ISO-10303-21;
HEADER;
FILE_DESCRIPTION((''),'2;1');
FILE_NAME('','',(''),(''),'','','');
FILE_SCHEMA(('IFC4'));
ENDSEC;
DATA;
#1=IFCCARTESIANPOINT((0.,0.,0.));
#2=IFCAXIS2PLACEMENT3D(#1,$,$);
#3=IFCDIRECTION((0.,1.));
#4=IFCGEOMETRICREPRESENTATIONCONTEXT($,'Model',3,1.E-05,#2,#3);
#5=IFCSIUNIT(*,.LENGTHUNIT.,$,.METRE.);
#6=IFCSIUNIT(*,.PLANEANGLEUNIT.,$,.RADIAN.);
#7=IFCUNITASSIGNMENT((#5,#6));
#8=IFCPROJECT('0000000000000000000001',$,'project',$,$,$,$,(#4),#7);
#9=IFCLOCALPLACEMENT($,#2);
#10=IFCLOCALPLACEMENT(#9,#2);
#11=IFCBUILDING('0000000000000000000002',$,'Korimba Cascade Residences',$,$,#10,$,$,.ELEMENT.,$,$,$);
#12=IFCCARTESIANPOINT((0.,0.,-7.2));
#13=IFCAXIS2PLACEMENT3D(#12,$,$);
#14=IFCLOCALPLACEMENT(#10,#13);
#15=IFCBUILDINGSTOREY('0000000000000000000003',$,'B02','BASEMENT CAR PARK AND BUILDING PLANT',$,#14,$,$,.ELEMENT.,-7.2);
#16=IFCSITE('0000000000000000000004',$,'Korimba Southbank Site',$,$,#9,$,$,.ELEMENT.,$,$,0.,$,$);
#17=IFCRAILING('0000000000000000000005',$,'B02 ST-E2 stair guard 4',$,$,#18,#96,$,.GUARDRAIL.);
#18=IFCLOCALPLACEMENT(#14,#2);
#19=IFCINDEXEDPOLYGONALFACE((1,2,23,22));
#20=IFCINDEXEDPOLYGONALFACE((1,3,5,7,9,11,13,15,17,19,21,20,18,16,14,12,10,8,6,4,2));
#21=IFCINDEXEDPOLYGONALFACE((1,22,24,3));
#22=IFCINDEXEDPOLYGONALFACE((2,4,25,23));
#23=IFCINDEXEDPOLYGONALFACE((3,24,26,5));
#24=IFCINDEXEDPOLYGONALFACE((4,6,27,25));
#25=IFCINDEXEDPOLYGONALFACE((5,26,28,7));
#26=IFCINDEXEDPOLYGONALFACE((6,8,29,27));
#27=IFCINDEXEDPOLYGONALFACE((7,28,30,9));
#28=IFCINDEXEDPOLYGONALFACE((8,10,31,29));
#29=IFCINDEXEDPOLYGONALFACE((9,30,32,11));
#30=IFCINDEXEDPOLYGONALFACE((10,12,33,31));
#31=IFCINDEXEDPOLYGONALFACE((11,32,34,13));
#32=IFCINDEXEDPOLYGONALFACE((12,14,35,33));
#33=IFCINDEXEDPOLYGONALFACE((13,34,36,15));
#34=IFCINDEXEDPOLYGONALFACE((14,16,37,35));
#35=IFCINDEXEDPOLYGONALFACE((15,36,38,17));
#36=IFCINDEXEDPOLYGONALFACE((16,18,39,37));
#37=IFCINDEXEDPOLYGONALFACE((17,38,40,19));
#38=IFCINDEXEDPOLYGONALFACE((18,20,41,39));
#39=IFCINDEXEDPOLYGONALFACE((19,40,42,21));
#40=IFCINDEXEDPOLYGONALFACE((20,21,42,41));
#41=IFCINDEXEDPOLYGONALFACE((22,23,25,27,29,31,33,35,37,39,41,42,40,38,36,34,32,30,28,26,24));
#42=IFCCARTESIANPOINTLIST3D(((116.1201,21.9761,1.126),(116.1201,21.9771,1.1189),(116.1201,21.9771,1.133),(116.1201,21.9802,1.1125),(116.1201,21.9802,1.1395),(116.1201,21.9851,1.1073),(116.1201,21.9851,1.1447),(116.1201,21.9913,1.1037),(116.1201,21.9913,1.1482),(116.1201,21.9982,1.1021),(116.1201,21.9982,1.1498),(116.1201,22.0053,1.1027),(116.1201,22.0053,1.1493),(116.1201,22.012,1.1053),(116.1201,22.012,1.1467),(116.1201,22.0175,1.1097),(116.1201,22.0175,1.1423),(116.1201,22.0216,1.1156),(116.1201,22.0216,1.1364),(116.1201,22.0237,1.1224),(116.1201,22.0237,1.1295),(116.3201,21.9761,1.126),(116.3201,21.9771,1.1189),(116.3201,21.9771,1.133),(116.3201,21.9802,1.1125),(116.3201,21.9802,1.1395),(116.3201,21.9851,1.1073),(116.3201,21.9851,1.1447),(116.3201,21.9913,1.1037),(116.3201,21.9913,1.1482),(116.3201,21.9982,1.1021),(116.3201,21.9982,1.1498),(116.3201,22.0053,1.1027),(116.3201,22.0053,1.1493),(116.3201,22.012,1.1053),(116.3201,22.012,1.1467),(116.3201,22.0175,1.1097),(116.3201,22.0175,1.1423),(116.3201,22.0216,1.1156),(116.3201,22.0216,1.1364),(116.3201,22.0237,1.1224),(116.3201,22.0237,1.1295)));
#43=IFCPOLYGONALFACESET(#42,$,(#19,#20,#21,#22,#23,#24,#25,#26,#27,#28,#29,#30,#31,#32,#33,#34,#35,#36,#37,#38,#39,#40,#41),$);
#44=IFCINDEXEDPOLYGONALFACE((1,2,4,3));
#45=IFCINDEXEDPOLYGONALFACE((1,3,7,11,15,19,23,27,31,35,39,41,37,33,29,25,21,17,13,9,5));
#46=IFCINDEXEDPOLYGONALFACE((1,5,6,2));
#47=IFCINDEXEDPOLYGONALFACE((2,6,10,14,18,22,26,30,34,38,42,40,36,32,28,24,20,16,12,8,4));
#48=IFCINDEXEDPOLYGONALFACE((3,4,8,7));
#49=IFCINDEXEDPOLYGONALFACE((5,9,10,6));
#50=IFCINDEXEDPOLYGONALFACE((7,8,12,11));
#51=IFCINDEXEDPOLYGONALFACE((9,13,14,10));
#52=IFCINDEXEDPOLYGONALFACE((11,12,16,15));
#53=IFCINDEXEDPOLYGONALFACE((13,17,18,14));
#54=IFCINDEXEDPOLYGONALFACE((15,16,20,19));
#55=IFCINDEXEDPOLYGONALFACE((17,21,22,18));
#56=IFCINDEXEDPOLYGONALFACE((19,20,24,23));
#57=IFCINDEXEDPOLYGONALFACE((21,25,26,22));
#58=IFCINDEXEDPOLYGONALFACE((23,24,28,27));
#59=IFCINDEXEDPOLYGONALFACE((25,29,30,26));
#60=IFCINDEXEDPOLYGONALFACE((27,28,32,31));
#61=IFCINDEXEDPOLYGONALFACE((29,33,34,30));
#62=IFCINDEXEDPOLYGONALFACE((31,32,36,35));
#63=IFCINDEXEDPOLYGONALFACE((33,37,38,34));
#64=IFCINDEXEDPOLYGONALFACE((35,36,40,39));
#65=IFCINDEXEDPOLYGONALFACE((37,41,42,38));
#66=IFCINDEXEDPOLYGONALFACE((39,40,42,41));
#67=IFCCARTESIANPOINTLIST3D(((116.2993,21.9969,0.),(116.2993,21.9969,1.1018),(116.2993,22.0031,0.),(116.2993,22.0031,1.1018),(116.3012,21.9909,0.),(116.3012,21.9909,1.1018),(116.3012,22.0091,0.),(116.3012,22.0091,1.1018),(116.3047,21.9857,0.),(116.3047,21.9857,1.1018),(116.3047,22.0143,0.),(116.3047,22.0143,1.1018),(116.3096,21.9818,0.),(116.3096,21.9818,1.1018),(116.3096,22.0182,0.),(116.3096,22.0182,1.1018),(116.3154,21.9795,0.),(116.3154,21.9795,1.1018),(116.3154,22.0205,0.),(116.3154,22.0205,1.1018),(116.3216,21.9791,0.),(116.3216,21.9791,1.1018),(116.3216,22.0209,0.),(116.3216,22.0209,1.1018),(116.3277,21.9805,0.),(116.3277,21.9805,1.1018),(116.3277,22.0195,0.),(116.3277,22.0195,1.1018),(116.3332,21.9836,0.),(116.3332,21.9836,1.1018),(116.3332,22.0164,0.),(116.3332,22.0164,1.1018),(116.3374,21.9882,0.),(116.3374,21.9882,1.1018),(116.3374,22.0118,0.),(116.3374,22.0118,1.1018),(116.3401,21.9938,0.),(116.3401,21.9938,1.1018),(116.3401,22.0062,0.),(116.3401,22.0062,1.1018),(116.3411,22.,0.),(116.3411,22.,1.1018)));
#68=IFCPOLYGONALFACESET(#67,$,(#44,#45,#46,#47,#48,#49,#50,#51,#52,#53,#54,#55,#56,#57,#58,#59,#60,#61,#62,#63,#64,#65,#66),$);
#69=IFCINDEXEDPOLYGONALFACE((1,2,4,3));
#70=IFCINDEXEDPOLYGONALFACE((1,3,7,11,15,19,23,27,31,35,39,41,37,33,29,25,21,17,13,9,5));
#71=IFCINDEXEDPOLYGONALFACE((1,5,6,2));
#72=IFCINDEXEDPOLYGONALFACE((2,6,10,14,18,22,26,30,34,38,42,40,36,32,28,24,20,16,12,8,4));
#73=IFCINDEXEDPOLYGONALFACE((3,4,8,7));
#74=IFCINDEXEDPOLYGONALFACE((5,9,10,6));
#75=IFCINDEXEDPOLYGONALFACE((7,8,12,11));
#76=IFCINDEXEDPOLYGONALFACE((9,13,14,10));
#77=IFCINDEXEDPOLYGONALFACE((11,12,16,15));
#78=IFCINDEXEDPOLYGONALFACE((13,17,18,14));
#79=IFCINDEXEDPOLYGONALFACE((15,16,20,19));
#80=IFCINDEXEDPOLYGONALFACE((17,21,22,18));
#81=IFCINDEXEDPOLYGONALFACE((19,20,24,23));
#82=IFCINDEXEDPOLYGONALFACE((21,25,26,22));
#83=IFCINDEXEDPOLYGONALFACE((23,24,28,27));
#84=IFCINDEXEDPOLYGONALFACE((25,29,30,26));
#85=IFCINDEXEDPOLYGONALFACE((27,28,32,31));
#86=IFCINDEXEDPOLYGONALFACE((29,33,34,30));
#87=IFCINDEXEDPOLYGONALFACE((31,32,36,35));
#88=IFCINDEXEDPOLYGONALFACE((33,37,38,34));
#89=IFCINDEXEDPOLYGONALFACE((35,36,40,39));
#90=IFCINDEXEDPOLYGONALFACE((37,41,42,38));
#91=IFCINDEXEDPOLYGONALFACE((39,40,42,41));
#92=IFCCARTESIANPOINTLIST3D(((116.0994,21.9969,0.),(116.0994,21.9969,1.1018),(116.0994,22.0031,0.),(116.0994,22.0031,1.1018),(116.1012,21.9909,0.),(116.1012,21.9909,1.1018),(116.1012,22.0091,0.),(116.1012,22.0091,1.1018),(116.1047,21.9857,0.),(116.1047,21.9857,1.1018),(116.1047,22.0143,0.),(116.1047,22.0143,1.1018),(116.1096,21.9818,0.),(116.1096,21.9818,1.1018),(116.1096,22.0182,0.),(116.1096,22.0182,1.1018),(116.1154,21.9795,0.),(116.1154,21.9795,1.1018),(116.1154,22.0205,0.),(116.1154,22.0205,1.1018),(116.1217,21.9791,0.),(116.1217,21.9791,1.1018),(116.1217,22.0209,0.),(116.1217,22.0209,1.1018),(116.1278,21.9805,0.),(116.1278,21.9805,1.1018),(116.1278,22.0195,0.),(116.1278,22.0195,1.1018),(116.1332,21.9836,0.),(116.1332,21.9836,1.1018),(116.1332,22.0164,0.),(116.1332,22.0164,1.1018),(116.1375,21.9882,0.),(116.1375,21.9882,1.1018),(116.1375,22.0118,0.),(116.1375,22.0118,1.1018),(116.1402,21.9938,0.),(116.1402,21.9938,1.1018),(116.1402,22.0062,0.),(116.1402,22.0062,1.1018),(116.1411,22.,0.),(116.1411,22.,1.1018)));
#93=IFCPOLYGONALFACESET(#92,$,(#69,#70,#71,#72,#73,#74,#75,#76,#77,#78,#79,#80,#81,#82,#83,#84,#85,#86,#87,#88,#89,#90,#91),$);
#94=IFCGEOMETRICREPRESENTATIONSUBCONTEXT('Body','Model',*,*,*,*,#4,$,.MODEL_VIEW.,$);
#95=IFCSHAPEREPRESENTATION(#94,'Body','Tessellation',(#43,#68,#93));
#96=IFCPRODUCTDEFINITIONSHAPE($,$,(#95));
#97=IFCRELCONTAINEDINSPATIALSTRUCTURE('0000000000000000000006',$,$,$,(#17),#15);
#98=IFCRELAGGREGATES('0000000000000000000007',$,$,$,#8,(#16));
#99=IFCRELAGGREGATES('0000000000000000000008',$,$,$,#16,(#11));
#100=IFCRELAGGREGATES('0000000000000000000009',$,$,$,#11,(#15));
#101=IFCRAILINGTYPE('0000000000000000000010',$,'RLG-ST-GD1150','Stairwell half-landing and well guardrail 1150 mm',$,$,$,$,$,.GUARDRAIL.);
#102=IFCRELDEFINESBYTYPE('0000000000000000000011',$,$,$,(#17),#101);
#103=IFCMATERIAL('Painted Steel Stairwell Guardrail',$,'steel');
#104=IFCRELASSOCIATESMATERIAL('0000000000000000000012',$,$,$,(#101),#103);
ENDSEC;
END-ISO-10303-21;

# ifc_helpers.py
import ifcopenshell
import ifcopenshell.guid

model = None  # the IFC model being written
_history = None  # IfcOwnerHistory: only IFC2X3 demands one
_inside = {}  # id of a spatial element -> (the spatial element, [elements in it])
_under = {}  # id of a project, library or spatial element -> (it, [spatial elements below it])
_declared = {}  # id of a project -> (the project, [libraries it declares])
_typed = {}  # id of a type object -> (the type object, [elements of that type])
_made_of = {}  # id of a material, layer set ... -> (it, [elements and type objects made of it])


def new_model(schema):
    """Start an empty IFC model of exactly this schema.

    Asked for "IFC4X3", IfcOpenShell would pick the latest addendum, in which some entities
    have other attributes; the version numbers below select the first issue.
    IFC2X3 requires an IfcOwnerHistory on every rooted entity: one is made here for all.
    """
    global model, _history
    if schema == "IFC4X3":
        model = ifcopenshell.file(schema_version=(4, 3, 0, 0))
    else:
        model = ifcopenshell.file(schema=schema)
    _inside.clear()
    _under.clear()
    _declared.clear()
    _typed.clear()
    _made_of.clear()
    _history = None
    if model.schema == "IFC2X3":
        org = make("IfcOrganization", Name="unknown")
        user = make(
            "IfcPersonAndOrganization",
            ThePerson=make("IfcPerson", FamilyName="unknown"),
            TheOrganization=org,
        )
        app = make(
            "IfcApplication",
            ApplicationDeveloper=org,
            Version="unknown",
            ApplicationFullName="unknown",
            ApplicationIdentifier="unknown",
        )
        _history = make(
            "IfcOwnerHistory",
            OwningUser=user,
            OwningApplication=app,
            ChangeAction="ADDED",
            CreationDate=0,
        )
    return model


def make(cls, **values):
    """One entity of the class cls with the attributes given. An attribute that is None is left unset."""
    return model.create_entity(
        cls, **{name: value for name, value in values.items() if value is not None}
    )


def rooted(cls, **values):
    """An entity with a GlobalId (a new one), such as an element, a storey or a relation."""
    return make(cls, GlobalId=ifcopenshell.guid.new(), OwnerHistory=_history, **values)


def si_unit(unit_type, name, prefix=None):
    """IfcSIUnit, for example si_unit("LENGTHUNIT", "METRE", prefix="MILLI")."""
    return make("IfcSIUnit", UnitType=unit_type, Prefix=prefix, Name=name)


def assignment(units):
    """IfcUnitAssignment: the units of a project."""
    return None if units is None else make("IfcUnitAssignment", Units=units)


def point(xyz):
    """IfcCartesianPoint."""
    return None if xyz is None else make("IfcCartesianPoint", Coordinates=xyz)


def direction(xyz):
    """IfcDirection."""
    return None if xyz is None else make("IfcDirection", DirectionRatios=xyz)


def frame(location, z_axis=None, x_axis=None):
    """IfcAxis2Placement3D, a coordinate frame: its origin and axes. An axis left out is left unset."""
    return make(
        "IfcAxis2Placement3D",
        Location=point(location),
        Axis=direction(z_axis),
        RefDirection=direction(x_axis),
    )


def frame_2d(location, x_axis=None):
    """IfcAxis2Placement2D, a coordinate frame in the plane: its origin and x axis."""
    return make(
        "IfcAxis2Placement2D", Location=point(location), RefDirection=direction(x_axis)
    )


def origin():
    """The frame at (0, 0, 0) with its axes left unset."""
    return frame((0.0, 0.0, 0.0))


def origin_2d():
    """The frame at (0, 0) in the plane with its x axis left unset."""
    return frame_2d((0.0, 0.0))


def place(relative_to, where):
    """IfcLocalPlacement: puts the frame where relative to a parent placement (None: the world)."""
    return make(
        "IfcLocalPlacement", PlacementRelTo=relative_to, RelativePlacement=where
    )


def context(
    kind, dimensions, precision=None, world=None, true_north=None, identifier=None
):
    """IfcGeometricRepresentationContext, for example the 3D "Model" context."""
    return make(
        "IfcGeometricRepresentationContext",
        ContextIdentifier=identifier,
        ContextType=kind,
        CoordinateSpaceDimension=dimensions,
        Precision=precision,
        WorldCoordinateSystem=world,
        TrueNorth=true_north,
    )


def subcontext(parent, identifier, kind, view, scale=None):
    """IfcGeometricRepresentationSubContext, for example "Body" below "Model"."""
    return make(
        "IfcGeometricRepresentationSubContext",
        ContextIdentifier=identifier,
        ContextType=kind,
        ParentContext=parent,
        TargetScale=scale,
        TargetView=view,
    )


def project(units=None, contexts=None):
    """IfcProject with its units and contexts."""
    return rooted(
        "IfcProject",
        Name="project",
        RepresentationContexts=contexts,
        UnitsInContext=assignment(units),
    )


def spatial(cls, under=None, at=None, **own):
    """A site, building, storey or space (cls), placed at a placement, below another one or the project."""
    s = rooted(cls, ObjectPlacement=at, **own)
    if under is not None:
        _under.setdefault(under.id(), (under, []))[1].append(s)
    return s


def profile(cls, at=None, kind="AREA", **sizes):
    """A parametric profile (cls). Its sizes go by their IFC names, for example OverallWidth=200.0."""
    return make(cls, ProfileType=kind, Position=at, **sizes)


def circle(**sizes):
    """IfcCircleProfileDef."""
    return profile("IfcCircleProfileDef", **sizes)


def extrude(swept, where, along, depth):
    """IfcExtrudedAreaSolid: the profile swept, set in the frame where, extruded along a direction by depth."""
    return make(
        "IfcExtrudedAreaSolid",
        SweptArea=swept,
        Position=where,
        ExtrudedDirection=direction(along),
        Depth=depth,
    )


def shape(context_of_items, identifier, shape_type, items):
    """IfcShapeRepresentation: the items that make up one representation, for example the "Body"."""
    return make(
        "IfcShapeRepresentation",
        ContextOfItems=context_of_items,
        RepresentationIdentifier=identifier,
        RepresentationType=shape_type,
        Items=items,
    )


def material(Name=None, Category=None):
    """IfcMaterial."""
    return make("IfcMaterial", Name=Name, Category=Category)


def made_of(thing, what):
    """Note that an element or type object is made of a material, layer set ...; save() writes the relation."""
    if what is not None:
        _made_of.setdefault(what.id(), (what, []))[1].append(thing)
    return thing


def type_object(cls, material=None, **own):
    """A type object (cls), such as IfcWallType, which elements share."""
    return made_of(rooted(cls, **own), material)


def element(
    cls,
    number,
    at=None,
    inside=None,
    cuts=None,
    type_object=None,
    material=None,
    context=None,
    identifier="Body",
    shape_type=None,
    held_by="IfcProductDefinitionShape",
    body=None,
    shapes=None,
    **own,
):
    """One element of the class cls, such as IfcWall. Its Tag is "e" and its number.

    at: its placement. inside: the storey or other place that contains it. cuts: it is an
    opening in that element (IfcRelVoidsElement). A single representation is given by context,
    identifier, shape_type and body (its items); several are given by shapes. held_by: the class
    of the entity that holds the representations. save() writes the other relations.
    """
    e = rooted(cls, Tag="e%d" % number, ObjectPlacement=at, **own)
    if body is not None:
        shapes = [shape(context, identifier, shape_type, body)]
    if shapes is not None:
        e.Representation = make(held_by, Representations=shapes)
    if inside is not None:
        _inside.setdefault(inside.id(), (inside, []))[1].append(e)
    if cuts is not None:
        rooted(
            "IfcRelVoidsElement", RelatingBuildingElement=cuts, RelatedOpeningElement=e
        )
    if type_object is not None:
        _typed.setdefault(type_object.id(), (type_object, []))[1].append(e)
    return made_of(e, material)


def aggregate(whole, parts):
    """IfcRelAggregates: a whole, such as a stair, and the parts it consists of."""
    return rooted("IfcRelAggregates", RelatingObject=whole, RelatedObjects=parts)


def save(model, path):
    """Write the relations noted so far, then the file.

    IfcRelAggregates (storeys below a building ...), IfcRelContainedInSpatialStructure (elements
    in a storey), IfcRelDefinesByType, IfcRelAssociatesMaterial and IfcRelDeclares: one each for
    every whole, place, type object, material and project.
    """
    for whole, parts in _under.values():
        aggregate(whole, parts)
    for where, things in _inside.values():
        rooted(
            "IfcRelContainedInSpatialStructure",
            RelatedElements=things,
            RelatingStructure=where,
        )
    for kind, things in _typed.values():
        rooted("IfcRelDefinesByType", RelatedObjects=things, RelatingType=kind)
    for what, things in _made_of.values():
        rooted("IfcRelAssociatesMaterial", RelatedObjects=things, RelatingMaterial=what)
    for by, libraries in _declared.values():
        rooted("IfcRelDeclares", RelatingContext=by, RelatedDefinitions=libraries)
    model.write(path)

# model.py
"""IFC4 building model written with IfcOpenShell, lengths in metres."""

from ifc_helpers import new_model, si_unit, direction, frame, origin, origin_2d, place, context, subcontext, project, spatial, circle, extrude, material, type_object, element, save


model = new_model("IFC4")

# Units and contexts
model_context = context("Model", 3, precision=1e-05, world=origin(), true_north=direction((0.0, 1.0)))
body_context = subcontext(model_context, "Body", "Model", "MODEL_VIEW")
ifc_project = project(units=[si_unit("LENGTHUNIT", "METRE"), si_unit("PLANEANGLEUNIT", "RADIAN")], contexts=[model_context])

# Site, building, storey
site_placement = place(None, origin())
site = spatial("IfcSite", under=ifc_project, at=site_placement, Name="Korimba Southbank Site", CompositionType="ELEMENT", RefElevation=0.0)
building_placement = place(site_placement, origin())
building = spatial("IfcBuilding", under=site, at=building_placement, Name="Korimba Cascade Residences", CompositionType="ELEMENT")
storey_placement = place(building_placement, frame((0.0, 0.0, -7.2)))
storey = spatial("IfcBuildingStorey", under=building, at=storey_placement, Name="B02", Description="BASEMENT CAR PARK AND BUILDING PLANT", CompositionType="ELEMENT", Elevation=-7.2)

# Railing
ifc_material_1 = material(Name="Painted Steel Stairwell Guardrail", Category="steel")
railing_type_1 = type_object("IfcRailingType", Name="RLG-ST-GD1150", Description="Stairwell half-landing and well guardrail 1150 mm", PredefinedType="GUARDRAIL", material=ifc_material_1)
railing_1_placement = place(storey_placement, frame((116.3201, 22.0, 0.0)))
element("IfcRailing", 1, at=railing_1_placement, inside=storey, type_object=railing_type_1, Name="B02 ST-E2 stair guard 4", PredefinedType="GUARDRAIL", context=body_context, shape_type="SweptSolid", body=[
    extrude(circle(Radius=0.0239, at=origin_2d()), frame((0.0, 0.0, 1.126), z_axis=(-1.0, 0.0, 0.0), x_axis=(0.0, -1.0, 0.0)), (0.0, 0.0, 1.0), 0.2),
    extrude(circle(Radius=0.021, at=origin_2d()), origin(), (0.0, 0.0, 1.0), 1.1018),
    extrude(circle(Radius=0.021, at=origin_2d()), frame((-0.2, 0.0, 0.0)), (0.0, 0.0, 1.0), 1.1018),
])

save(model, "model.ifc")
